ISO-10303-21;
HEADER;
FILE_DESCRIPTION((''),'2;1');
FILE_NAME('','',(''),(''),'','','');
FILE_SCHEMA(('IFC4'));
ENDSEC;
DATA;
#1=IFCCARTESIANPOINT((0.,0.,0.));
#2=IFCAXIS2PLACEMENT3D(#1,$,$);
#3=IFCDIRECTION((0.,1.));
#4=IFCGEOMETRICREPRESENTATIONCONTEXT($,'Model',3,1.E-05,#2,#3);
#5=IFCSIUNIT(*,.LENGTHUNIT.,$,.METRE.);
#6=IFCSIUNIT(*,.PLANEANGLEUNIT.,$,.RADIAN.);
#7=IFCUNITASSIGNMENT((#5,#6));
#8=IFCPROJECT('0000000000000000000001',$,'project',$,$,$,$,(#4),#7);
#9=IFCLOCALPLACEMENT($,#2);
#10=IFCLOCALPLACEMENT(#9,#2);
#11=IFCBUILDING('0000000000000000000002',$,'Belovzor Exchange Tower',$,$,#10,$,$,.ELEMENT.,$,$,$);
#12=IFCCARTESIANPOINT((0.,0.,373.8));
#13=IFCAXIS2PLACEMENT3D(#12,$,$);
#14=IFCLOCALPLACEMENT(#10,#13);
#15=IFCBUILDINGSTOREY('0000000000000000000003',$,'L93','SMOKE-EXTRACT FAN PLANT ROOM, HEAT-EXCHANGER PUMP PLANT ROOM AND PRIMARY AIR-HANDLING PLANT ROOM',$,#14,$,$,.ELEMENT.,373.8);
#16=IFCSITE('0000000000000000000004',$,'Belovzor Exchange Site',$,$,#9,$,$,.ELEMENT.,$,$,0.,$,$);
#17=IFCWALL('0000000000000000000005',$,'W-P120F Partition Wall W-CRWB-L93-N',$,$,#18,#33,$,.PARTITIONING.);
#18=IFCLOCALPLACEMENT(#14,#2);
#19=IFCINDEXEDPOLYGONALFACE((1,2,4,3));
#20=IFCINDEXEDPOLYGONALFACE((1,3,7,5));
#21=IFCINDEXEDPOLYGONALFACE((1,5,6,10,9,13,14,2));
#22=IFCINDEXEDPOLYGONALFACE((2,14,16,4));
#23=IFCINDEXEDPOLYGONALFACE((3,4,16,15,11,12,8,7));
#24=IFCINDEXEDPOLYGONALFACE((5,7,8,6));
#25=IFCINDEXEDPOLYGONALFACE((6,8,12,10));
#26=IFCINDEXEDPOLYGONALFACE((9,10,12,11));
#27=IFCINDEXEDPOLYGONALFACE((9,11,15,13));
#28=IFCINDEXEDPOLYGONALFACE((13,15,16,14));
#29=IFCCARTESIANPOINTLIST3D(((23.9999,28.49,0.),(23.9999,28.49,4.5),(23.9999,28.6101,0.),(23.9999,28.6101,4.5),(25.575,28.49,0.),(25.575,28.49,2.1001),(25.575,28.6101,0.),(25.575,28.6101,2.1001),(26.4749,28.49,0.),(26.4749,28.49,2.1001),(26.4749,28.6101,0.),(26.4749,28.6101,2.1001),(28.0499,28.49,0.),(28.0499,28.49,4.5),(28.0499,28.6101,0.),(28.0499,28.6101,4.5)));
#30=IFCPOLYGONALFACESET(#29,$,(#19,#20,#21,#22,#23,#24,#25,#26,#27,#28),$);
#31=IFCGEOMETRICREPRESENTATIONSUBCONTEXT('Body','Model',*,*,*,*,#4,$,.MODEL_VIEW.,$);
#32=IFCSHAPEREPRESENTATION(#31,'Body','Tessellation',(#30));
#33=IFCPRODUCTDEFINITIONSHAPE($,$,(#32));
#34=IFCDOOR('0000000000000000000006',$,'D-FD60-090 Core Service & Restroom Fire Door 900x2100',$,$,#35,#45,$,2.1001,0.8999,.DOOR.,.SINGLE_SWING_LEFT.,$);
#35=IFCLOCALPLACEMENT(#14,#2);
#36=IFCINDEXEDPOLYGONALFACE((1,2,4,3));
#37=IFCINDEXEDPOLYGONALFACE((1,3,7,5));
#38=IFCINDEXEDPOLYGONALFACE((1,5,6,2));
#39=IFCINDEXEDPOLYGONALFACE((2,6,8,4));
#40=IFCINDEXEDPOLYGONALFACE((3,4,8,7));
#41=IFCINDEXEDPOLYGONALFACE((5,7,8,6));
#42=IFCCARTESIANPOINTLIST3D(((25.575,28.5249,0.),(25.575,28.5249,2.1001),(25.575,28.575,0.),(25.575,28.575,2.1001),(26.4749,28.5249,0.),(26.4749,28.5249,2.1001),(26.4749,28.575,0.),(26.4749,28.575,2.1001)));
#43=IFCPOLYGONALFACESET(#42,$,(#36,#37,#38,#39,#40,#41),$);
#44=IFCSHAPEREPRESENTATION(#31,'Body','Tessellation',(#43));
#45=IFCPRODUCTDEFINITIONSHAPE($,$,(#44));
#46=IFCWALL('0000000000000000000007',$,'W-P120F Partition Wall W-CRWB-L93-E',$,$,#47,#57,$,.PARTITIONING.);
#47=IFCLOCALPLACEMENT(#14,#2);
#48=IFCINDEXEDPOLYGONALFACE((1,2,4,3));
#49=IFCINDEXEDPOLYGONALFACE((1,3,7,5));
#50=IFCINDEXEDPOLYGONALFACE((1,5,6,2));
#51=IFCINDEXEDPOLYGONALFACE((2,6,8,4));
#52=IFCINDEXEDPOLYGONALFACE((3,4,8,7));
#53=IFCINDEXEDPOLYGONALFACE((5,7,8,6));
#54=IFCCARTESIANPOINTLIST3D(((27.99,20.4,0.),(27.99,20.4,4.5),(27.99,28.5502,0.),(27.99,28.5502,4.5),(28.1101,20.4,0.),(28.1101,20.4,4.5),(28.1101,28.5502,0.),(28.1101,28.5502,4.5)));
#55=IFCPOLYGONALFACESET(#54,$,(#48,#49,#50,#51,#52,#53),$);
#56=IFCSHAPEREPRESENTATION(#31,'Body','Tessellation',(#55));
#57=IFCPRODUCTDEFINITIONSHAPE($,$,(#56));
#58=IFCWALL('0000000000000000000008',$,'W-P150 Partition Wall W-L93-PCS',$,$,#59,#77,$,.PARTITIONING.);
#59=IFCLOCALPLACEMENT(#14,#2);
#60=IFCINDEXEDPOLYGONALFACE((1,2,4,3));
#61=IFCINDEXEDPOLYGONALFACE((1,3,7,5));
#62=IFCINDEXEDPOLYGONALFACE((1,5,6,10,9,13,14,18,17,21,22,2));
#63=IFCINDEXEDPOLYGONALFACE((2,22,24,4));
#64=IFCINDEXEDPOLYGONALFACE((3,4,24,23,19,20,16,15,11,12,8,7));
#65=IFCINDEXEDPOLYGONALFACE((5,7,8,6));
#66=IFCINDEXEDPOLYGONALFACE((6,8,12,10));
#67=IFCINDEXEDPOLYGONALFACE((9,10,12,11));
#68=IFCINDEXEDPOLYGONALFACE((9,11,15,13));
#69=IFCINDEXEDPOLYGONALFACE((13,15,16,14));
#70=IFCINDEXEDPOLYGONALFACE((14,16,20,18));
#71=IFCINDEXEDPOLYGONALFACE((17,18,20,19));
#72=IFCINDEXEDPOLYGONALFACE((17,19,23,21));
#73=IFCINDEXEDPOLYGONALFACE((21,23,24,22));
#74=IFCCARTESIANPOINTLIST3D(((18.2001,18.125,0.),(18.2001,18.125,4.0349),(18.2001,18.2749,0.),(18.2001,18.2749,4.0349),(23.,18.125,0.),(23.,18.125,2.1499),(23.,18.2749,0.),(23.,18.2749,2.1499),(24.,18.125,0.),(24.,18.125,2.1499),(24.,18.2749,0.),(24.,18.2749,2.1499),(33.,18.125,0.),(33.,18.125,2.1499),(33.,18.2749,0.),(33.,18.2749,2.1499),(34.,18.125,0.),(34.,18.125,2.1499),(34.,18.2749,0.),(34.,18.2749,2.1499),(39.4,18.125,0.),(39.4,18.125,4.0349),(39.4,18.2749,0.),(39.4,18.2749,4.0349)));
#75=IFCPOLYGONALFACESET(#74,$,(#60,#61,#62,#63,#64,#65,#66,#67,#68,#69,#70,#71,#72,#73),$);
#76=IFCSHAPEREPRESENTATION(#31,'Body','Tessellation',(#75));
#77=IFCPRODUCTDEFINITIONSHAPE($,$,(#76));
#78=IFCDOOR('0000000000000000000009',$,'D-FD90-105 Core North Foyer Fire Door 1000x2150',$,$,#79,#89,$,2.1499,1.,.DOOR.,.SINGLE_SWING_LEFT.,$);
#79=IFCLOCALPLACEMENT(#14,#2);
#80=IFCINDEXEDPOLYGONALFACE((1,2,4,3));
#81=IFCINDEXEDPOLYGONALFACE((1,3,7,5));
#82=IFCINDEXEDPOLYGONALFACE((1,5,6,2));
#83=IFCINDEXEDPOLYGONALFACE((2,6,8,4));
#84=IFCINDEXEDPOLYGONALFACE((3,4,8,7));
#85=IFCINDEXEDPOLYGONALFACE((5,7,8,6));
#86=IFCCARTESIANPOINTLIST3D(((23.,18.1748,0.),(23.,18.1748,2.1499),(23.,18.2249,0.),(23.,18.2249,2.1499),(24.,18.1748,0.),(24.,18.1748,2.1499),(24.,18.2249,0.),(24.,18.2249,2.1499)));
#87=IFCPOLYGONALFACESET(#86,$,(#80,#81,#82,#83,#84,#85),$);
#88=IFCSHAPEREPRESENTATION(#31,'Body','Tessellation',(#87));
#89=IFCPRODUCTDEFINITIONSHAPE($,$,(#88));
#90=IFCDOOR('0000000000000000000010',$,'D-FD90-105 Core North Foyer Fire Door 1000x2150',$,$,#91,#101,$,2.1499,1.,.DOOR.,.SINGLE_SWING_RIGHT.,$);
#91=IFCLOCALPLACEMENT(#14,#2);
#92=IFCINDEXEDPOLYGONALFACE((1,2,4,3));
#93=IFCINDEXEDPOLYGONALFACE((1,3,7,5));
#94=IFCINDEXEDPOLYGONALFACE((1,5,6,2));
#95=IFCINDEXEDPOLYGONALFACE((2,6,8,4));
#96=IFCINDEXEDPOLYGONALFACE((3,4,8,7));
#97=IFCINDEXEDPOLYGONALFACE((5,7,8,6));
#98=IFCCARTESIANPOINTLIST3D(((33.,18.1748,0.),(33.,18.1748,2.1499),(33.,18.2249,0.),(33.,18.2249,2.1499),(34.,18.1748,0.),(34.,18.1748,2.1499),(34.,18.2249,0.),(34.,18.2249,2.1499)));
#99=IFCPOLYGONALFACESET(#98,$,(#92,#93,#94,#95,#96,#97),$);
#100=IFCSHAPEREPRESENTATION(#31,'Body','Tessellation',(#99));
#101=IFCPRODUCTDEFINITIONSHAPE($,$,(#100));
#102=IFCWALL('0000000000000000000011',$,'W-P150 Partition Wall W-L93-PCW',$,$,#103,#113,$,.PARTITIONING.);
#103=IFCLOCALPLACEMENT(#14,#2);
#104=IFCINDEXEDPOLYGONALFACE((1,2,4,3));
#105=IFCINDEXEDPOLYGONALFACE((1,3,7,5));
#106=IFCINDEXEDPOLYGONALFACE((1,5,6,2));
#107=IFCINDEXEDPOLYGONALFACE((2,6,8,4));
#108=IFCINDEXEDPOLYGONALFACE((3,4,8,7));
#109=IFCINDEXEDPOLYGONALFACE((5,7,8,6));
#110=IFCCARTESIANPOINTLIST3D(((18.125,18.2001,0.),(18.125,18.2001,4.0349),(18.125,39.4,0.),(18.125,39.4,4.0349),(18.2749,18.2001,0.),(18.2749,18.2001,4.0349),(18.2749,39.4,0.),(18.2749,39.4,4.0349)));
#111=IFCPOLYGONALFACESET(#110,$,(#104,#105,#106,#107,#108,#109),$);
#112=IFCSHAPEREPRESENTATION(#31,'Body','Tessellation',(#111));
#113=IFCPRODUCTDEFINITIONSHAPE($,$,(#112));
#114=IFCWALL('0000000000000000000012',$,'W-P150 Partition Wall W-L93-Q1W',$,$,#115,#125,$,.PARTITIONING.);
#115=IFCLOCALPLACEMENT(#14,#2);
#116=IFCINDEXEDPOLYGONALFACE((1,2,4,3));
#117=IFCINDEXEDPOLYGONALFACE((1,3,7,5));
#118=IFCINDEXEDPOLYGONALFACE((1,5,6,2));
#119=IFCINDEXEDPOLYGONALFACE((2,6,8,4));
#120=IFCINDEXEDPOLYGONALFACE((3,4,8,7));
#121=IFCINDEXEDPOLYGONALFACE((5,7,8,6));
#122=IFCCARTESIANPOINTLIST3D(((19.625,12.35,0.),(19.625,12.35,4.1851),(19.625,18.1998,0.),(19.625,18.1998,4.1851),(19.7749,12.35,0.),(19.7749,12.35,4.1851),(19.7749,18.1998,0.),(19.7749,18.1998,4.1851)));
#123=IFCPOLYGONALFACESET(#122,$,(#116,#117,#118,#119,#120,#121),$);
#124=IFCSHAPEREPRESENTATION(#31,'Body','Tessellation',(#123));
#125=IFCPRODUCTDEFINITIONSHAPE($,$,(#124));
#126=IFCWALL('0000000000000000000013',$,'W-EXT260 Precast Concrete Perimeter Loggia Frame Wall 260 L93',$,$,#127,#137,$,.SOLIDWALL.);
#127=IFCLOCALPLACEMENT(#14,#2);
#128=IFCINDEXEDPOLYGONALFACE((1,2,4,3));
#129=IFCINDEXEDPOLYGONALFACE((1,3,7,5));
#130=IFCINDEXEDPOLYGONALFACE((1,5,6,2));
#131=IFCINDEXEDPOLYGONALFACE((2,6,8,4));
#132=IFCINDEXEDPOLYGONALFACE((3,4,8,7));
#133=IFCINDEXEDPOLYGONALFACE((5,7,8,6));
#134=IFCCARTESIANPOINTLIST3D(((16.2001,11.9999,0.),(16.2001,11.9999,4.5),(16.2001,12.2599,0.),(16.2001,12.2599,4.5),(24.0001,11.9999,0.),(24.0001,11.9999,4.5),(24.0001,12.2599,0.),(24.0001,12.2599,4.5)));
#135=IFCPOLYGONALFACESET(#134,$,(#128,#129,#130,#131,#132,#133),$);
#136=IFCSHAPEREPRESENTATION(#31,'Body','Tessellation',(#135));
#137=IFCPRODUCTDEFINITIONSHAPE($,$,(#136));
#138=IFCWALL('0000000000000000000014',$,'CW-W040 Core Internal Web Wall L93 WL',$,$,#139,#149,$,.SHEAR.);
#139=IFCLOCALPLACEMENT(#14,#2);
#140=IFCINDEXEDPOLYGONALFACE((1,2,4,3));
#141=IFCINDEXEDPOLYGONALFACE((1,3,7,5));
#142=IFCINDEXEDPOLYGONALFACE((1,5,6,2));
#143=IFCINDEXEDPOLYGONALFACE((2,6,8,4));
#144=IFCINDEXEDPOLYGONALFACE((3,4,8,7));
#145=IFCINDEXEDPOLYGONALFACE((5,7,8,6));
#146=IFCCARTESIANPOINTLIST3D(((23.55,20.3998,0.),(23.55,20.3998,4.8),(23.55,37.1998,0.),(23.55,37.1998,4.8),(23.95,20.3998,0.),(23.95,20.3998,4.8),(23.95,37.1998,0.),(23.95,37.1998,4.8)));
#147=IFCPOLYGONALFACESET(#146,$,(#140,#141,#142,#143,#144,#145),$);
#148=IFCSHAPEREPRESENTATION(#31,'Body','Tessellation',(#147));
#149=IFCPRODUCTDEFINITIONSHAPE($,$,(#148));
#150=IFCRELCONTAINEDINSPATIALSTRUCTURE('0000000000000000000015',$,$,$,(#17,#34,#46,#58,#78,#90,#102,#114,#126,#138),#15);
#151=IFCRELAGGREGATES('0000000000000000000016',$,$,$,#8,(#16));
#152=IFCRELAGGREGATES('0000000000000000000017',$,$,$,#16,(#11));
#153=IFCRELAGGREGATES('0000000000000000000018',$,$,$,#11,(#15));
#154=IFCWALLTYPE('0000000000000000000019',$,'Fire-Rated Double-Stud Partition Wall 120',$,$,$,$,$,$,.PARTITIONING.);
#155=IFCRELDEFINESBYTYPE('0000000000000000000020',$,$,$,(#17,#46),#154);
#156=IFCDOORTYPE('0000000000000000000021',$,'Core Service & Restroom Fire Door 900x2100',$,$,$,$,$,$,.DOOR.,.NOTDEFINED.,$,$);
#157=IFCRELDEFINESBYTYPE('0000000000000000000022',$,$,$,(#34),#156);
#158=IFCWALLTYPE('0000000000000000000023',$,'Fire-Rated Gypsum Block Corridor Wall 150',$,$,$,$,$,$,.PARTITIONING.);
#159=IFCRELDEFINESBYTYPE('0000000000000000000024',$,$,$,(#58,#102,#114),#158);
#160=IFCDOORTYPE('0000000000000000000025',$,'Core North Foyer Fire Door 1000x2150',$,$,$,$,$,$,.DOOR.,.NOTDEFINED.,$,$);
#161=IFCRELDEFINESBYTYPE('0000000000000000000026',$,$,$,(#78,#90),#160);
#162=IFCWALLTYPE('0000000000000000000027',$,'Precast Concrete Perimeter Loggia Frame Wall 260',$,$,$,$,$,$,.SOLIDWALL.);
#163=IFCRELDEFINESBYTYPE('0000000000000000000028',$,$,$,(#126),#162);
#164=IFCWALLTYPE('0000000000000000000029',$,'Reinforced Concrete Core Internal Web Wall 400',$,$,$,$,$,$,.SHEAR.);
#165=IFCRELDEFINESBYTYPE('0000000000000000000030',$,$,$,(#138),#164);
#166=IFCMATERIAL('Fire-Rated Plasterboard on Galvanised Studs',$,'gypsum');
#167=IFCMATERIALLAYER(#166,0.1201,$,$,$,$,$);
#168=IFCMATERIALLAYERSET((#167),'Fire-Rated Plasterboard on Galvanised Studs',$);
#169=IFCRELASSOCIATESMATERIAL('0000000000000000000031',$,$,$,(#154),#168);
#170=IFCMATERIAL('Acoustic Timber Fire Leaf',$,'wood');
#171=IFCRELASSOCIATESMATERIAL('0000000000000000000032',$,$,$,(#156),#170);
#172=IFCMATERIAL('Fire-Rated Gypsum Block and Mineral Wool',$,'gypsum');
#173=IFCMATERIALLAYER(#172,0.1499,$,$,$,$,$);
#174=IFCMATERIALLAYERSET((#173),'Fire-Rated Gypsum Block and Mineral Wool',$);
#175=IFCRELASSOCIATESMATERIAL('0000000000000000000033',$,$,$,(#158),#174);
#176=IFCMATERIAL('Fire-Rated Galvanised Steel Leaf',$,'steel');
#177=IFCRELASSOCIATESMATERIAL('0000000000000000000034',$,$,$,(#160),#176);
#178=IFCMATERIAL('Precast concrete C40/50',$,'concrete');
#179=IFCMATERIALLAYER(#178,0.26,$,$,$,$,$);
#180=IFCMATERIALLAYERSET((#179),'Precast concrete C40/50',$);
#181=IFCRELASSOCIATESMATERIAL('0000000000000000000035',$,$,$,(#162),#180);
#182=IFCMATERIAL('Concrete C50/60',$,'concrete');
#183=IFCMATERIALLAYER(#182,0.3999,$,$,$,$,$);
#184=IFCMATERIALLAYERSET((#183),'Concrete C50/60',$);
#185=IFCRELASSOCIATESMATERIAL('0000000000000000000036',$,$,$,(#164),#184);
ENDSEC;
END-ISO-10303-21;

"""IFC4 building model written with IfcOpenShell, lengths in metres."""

from ifc_helpers import new_model, si_unit, direction, frame, frame_2d, origin, place, context, subcontext, project, spatial, rectangle, extrude, material, layer, layer_set, type_object, element, fill, save


model = new_model("IFC4")

# Units and contexts
model_context = context("Model", 3, precision=1e-05, world=origin(), true_north=direction((0.0, 1.0)))
body_context = subcontext(model_context, "Body", "Model", "MODEL_VIEW")
ifc_project = project(units=[si_unit("LENGTHUNIT", "METRE"), si_unit("PLANEANGLEUNIT", "RADIAN")], contexts=[model_context])

# Site, building, storey
site_placement = place(None, origin())
site = spatial("IfcSite", under=ifc_project, at=site_placement, Name="Belovzor Exchange Site", CompositionType="ELEMENT", RefElevation=0.0)
building_placement = place(site_placement, origin())
building = spatial("IfcBuilding", under=site, at=building_placement, Name="Belovzor Exchange Tower", CompositionType="ELEMENT")
storey_placement = place(building_placement, frame((0.0, 0.0, 373.8)))
storey = spatial("IfcBuildingStorey", under=building, at=storey_placement, Name="L93", Description="SMOKE-EXTRACT FAN PLANT ROOM, HEAT-EXCHANGER PUMP PLANT ROOM AND PRIMARY AIR-HANDLING PLANT ROOM", CompositionType="ELEMENT", Elevation=373.8)

# Wall, opening, door
ifc_material_1 = material(Name="Fire-Rated Plasterboard on Galvanised Studs", Category="gypsum")
ifc_layer_1 = layer(ifc_material_1, 0.1201)
ifc_layer_set_1 = layer_set([ifc_layer_1], Name="Fire-Rated Plasterboard on Galvanised Studs")
wall_type_1 = type_object("IfcWallType", Name="Fire-Rated Double-Stud Partition Wall 120", PredefinedType="PARTITIONING", material=ifc_layer_set_1)
wall_1_placement = place(storey_placement, frame((24.0, 28.55, 0.0), z_axis=(0.0, 0.0, 1.0), x_axis=(1.0, 0.0, 0.0)))
wall_1 = element("IfcWall", 1, at=wall_1_placement, inside=storey, type_object=wall_type_1, Name="W-P120F Partition Wall W-CRWB-L93-N", PredefinedType="PARTITIONING", context=body_context, shape_type="SweptSolid", body=[
    extrude(rectangle(XDim=4.05, YDim=0.1201, at=frame_2d((2.0249, 0.0))), origin(), (0.0, 0.0, 1.0), 4.5),
])
opening_1_placement = place(wall_1_placement, frame((1.575, 0.0, 0.0)))
opening_1 = element("IfcOpeningElement", 2, at=opening_1_placement, cuts=wall_1, PredefinedType="OPENING", context=body_context, shape_type="SweptSolid", body=[
    extrude(rectangle(XDim=0.8999, YDim=2.1001, at=frame_2d((0.45, 1.05))), frame((0.0, 0.0701, 0.0), z_axis=(0.0, -1.0, 0.0), x_axis=(1.0, 0.0, 0.0)), (0.0, 0.0, 1.0), 0.1401),
])
ifc_material_2 = material(Name="Acoustic Timber Fire Leaf", Category="wood")
door_type_1 = type_object("IfcDoorType", Name="Core Service & Restroom Fire Door 900x2100", OperationType="NOTDEFINED", PredefinedType="DOOR", material=ifc_material_2)
door_1_placement = place(opening_1_placement, origin())
door_1 = element("IfcDoor", 3, at=door_1_placement, inside=storey, type_object=door_type_1, Name="D-FD60-090 Core Service & Restroom Fire Door 900x2100", OperationType="SINGLE_SWING_LEFT", OverallHeight=2.1001, OverallWidth=0.8999, PredefinedType="DOOR", context=body_context, shape_type="SweptSolid", body=[
    extrude(rectangle(XDim=0.8999, YDim=2.1001, at=frame_2d((0.45, 1.05))), frame((0.0, 0.0249, 0.0), z_axis=(0.0, -1.0, 0.0), x_axis=(1.0, 0.0, 0.0)), (0.0, 0.0, 1.0), 0.05),
])
fill(opening_1, door_1)

# Wall
wall_2_placement = place(storey_placement, frame((28.05, 20.3999, 0.0), z_axis=(0.0, 0.0, 1.0), x_axis=(0.0, 1.0, 0.0)))
element("IfcWall", 4, at=wall_2_placement, inside=storey, type_object=wall_type_1, Name="W-P120F Partition Wall W-CRWB-L93-E", PredefinedType="PARTITIONING", context=body_context, shape_type="SweptSolid", body=[
    extrude(rectangle(XDim=8.1501, YDim=0.1201, at=frame_2d((4.0752, 0.0))), origin(), (0.0, 0.0, 1.0), 4.5),
])

# Wall, openings, doors
ifc_material_3 = material(Name="Fire-Rated Gypsum Block and Mineral Wool", Category="gypsum")
ifc_layer_2 = layer(ifc_material_3, 0.1499)
ifc_layer_set_2 = layer_set([ifc_layer_2], Name="Fire-Rated Gypsum Block and Mineral Wool")
wall_type_2 = type_object("IfcWallType", Name="Fire-Rated Gypsum Block Corridor Wall 150", PredefinedType="PARTITIONING", material=ifc_layer_set_2)
wall_3_placement = place(storey_placement, frame((18.2, 18.2, 0.0), z_axis=(0.0, 0.0, 1.0), x_axis=(1.0, 0.0, 0.0)))
wall_3 = element("IfcWall", 5, at=wall_3_placement, inside=storey, type_object=wall_type_2, Name="W-P150 Partition Wall W-L93-PCS", PredefinedType="PARTITIONING", context=body_context, shape_type="SweptSolid", body=[
    extrude(rectangle(XDim=21.2, YDim=0.1499, at=frame_2d((10.6001, 0.0))), origin(), (0.0, 0.0, 1.0), 4.0349),
])
opening_2_placement = place(wall_3_placement, frame((4.8, 0.0, 0.0)))
opening_2 = element("IfcOpeningElement", 6, at=opening_2_placement, cuts=wall_3, PredefinedType="OPENING", context=body_context, shape_type="SweptSolid", body=[
    extrude(rectangle(XDim=1.0, YDim=2.1499, at=frame_2d((0.5, 1.075))), frame((0.0, 0.085, 0.0), z_axis=(0.0, -1.0, 0.0), x_axis=(1.0, 0.0, 0.0)), (0.0, 0.0, 1.0), 0.1699),
])
opening_3_placement = place(wall_3_placement, frame((14.8, 0.0, 0.0)))
opening_3 = element("IfcOpeningElement", 7, at=opening_3_placement, cuts=wall_3, PredefinedType="OPENING", context=body_context, shape_type="SweptSolid", body=[
    extrude(rectangle(XDim=1.0, YDim=2.1499, at=frame_2d((0.5, 1.075))), frame((0.0, 0.085, 0.0), z_axis=(0.0, -1.0, 0.0), x_axis=(1.0, 0.0, 0.0)), (0.0, 0.0, 1.0), 0.1699),
])
ifc_material_4 = material(Name="Fire-Rated Galvanised Steel Leaf", Category="steel")
door_type_2 = type_object("IfcDoorType", Name="Core North Foyer Fire Door 1000x2150", OperationType="NOTDEFINED", PredefinedType="DOOR", material=ifc_material_4)
door_2_placement = place(opening_2_placement, origin())
door_2 = element("IfcDoor", 8, at=door_2_placement, inside=storey, type_object=door_type_2, Name="D-FD90-105 Core North Foyer Fire Door 1000x2150", OperationType="SINGLE_SWING_LEFT", OverallHeight=2.1499, OverallWidth=1.0, PredefinedType="DOOR", context=body_context, shape_type="SweptSolid", body=[
    extrude(rectangle(XDim=1.0, YDim=2.1499, at=frame_2d((0.5, 1.075))), frame((0.0, 0.0249, 0.0), z_axis=(0.0, -1.0, 0.0), x_axis=(1.0, 0.0, 0.0)), (0.0, 0.0, 1.0), 0.05),
])
fill(opening_2, door_2)
door_3_placement = place(opening_3_placement, origin())
door_3 = element("IfcDoor", 9, at=door_3_placement, inside=storey, type_object=door_type_2, Name="D-FD90-105 Core North Foyer Fire Door 1000x2150", OperationType="SINGLE_SWING_RIGHT", OverallHeight=2.1499, OverallWidth=1.0, PredefinedType="DOOR", context=body_context, shape_type="SweptSolid", body=[
    extrude(rectangle(XDim=1.0, YDim=2.1499, at=frame_2d((0.5, 1.075))), frame((0.0, 0.0249, 0.0), z_axis=(0.0, -1.0, 0.0), x_axis=(1.0, 0.0, 0.0)), (0.0, 0.0, 1.0), 0.05),
])
fill(opening_3, door_3)

# Walls
wall_4_placement = place(storey_placement, frame((18.2, 18.2, 0.0), z_axis=(0.0, 0.0, 1.0), x_axis=(0.0, 1.0, 0.0)))
element("IfcWall", 10, at=wall_4_placement, inside=storey, type_object=wall_type_2, Name="W-P150 Partition Wall W-L93-PCW", PredefinedType="PARTITIONING", context=body_context, shape_type="SweptSolid", body=[
    extrude(rectangle(XDim=21.2, YDim=0.1499, at=frame_2d((10.6001, 0.0))), origin(), (0.0, 0.0, 1.0), 4.0349),
])
wall_5_placement = place(storey_placement, frame((19.7, 12.3501, 0.0), z_axis=(0.0, 0.0, 1.0), x_axis=(0.0, 1.0, 0.0)))
element("IfcWall", 11, at=wall_5_placement, inside=storey, type_object=wall_type_2, Name="W-P150 Partition Wall W-L93-Q1W", PredefinedType="PARTITIONING", context=body_context, shape_type="SweptSolid", body=[
    extrude(rectangle(XDim=5.8499, YDim=0.1499, at=frame_2d((2.9248, 0.0))), origin(), (0.0, 0.0, 1.0), 4.1851),
])
ifc_material_5 = material(Name="Precast concrete C40/50", Category="concrete")
ifc_layer_3 = layer(ifc_material_5, 0.26)
ifc_layer_set_3 = layer_set([ifc_layer_3], Name="Precast concrete C40/50")
wall_type_3 = type_object("IfcWallType", Name="Precast Concrete Perimeter Loggia Frame Wall 260", PredefinedType="SOLIDWALL", material=ifc_layer_set_3)
wall_6_placement = place(storey_placement, frame((24.0, 12.1299, 0.0), z_axis=(0.0, 0.0, 1.0), x_axis=(-1.0, 0.0, 0.0)))
element("IfcWall", 12, at=wall_6_placement, inside=storey, type_object=wall_type_3, Name="W-EXT260 Precast Concrete Perimeter Loggia Frame Wall 260 L93", PredefinedType="SOLIDWALL", context=body_context, shape_type="SweptSolid", body=[
    extrude(rectangle(XDim=7.8, YDim=0.26, at=frame_2d((3.8999, 0.0))), origin(), (0.0, 0.0, 1.0), 4.5),
])
ifc_material_6 = material(Name="Concrete C50/60", Category="concrete")
ifc_layer_4 = layer(ifc_material_6, 0.3999)
ifc_layer_set_4 = layer_set([ifc_layer_4], Name="Concrete C50/60")
wall_type_4 = type_object("IfcWallType", Name="Reinforced Concrete Core Internal Web Wall 400", PredefinedType="SHEAR", material=ifc_layer_set_4)
wall_7_placement = place(storey_placement, frame((23.75, 20.3999, 0.0), z_axis=(0.0, 0.0, 1.0), x_axis=(0.0, 1.0, 0.0)))
element("IfcWall", 13, at=wall_7_placement, inside=storey, type_object=wall_type_4, Name="CW-W040 Core Internal Web Wall L93 WL", PredefinedType="SHEAR", context=body_context, shape_type="SweptSolid", body=[
    extrude(rectangle(XDim=16.8, YDim=0.3999, at=frame_2d((8.3999, 0.0))), origin(), (0.0, 0.0, 1.0), 4.8),
])

save(model, "model.ifc")
